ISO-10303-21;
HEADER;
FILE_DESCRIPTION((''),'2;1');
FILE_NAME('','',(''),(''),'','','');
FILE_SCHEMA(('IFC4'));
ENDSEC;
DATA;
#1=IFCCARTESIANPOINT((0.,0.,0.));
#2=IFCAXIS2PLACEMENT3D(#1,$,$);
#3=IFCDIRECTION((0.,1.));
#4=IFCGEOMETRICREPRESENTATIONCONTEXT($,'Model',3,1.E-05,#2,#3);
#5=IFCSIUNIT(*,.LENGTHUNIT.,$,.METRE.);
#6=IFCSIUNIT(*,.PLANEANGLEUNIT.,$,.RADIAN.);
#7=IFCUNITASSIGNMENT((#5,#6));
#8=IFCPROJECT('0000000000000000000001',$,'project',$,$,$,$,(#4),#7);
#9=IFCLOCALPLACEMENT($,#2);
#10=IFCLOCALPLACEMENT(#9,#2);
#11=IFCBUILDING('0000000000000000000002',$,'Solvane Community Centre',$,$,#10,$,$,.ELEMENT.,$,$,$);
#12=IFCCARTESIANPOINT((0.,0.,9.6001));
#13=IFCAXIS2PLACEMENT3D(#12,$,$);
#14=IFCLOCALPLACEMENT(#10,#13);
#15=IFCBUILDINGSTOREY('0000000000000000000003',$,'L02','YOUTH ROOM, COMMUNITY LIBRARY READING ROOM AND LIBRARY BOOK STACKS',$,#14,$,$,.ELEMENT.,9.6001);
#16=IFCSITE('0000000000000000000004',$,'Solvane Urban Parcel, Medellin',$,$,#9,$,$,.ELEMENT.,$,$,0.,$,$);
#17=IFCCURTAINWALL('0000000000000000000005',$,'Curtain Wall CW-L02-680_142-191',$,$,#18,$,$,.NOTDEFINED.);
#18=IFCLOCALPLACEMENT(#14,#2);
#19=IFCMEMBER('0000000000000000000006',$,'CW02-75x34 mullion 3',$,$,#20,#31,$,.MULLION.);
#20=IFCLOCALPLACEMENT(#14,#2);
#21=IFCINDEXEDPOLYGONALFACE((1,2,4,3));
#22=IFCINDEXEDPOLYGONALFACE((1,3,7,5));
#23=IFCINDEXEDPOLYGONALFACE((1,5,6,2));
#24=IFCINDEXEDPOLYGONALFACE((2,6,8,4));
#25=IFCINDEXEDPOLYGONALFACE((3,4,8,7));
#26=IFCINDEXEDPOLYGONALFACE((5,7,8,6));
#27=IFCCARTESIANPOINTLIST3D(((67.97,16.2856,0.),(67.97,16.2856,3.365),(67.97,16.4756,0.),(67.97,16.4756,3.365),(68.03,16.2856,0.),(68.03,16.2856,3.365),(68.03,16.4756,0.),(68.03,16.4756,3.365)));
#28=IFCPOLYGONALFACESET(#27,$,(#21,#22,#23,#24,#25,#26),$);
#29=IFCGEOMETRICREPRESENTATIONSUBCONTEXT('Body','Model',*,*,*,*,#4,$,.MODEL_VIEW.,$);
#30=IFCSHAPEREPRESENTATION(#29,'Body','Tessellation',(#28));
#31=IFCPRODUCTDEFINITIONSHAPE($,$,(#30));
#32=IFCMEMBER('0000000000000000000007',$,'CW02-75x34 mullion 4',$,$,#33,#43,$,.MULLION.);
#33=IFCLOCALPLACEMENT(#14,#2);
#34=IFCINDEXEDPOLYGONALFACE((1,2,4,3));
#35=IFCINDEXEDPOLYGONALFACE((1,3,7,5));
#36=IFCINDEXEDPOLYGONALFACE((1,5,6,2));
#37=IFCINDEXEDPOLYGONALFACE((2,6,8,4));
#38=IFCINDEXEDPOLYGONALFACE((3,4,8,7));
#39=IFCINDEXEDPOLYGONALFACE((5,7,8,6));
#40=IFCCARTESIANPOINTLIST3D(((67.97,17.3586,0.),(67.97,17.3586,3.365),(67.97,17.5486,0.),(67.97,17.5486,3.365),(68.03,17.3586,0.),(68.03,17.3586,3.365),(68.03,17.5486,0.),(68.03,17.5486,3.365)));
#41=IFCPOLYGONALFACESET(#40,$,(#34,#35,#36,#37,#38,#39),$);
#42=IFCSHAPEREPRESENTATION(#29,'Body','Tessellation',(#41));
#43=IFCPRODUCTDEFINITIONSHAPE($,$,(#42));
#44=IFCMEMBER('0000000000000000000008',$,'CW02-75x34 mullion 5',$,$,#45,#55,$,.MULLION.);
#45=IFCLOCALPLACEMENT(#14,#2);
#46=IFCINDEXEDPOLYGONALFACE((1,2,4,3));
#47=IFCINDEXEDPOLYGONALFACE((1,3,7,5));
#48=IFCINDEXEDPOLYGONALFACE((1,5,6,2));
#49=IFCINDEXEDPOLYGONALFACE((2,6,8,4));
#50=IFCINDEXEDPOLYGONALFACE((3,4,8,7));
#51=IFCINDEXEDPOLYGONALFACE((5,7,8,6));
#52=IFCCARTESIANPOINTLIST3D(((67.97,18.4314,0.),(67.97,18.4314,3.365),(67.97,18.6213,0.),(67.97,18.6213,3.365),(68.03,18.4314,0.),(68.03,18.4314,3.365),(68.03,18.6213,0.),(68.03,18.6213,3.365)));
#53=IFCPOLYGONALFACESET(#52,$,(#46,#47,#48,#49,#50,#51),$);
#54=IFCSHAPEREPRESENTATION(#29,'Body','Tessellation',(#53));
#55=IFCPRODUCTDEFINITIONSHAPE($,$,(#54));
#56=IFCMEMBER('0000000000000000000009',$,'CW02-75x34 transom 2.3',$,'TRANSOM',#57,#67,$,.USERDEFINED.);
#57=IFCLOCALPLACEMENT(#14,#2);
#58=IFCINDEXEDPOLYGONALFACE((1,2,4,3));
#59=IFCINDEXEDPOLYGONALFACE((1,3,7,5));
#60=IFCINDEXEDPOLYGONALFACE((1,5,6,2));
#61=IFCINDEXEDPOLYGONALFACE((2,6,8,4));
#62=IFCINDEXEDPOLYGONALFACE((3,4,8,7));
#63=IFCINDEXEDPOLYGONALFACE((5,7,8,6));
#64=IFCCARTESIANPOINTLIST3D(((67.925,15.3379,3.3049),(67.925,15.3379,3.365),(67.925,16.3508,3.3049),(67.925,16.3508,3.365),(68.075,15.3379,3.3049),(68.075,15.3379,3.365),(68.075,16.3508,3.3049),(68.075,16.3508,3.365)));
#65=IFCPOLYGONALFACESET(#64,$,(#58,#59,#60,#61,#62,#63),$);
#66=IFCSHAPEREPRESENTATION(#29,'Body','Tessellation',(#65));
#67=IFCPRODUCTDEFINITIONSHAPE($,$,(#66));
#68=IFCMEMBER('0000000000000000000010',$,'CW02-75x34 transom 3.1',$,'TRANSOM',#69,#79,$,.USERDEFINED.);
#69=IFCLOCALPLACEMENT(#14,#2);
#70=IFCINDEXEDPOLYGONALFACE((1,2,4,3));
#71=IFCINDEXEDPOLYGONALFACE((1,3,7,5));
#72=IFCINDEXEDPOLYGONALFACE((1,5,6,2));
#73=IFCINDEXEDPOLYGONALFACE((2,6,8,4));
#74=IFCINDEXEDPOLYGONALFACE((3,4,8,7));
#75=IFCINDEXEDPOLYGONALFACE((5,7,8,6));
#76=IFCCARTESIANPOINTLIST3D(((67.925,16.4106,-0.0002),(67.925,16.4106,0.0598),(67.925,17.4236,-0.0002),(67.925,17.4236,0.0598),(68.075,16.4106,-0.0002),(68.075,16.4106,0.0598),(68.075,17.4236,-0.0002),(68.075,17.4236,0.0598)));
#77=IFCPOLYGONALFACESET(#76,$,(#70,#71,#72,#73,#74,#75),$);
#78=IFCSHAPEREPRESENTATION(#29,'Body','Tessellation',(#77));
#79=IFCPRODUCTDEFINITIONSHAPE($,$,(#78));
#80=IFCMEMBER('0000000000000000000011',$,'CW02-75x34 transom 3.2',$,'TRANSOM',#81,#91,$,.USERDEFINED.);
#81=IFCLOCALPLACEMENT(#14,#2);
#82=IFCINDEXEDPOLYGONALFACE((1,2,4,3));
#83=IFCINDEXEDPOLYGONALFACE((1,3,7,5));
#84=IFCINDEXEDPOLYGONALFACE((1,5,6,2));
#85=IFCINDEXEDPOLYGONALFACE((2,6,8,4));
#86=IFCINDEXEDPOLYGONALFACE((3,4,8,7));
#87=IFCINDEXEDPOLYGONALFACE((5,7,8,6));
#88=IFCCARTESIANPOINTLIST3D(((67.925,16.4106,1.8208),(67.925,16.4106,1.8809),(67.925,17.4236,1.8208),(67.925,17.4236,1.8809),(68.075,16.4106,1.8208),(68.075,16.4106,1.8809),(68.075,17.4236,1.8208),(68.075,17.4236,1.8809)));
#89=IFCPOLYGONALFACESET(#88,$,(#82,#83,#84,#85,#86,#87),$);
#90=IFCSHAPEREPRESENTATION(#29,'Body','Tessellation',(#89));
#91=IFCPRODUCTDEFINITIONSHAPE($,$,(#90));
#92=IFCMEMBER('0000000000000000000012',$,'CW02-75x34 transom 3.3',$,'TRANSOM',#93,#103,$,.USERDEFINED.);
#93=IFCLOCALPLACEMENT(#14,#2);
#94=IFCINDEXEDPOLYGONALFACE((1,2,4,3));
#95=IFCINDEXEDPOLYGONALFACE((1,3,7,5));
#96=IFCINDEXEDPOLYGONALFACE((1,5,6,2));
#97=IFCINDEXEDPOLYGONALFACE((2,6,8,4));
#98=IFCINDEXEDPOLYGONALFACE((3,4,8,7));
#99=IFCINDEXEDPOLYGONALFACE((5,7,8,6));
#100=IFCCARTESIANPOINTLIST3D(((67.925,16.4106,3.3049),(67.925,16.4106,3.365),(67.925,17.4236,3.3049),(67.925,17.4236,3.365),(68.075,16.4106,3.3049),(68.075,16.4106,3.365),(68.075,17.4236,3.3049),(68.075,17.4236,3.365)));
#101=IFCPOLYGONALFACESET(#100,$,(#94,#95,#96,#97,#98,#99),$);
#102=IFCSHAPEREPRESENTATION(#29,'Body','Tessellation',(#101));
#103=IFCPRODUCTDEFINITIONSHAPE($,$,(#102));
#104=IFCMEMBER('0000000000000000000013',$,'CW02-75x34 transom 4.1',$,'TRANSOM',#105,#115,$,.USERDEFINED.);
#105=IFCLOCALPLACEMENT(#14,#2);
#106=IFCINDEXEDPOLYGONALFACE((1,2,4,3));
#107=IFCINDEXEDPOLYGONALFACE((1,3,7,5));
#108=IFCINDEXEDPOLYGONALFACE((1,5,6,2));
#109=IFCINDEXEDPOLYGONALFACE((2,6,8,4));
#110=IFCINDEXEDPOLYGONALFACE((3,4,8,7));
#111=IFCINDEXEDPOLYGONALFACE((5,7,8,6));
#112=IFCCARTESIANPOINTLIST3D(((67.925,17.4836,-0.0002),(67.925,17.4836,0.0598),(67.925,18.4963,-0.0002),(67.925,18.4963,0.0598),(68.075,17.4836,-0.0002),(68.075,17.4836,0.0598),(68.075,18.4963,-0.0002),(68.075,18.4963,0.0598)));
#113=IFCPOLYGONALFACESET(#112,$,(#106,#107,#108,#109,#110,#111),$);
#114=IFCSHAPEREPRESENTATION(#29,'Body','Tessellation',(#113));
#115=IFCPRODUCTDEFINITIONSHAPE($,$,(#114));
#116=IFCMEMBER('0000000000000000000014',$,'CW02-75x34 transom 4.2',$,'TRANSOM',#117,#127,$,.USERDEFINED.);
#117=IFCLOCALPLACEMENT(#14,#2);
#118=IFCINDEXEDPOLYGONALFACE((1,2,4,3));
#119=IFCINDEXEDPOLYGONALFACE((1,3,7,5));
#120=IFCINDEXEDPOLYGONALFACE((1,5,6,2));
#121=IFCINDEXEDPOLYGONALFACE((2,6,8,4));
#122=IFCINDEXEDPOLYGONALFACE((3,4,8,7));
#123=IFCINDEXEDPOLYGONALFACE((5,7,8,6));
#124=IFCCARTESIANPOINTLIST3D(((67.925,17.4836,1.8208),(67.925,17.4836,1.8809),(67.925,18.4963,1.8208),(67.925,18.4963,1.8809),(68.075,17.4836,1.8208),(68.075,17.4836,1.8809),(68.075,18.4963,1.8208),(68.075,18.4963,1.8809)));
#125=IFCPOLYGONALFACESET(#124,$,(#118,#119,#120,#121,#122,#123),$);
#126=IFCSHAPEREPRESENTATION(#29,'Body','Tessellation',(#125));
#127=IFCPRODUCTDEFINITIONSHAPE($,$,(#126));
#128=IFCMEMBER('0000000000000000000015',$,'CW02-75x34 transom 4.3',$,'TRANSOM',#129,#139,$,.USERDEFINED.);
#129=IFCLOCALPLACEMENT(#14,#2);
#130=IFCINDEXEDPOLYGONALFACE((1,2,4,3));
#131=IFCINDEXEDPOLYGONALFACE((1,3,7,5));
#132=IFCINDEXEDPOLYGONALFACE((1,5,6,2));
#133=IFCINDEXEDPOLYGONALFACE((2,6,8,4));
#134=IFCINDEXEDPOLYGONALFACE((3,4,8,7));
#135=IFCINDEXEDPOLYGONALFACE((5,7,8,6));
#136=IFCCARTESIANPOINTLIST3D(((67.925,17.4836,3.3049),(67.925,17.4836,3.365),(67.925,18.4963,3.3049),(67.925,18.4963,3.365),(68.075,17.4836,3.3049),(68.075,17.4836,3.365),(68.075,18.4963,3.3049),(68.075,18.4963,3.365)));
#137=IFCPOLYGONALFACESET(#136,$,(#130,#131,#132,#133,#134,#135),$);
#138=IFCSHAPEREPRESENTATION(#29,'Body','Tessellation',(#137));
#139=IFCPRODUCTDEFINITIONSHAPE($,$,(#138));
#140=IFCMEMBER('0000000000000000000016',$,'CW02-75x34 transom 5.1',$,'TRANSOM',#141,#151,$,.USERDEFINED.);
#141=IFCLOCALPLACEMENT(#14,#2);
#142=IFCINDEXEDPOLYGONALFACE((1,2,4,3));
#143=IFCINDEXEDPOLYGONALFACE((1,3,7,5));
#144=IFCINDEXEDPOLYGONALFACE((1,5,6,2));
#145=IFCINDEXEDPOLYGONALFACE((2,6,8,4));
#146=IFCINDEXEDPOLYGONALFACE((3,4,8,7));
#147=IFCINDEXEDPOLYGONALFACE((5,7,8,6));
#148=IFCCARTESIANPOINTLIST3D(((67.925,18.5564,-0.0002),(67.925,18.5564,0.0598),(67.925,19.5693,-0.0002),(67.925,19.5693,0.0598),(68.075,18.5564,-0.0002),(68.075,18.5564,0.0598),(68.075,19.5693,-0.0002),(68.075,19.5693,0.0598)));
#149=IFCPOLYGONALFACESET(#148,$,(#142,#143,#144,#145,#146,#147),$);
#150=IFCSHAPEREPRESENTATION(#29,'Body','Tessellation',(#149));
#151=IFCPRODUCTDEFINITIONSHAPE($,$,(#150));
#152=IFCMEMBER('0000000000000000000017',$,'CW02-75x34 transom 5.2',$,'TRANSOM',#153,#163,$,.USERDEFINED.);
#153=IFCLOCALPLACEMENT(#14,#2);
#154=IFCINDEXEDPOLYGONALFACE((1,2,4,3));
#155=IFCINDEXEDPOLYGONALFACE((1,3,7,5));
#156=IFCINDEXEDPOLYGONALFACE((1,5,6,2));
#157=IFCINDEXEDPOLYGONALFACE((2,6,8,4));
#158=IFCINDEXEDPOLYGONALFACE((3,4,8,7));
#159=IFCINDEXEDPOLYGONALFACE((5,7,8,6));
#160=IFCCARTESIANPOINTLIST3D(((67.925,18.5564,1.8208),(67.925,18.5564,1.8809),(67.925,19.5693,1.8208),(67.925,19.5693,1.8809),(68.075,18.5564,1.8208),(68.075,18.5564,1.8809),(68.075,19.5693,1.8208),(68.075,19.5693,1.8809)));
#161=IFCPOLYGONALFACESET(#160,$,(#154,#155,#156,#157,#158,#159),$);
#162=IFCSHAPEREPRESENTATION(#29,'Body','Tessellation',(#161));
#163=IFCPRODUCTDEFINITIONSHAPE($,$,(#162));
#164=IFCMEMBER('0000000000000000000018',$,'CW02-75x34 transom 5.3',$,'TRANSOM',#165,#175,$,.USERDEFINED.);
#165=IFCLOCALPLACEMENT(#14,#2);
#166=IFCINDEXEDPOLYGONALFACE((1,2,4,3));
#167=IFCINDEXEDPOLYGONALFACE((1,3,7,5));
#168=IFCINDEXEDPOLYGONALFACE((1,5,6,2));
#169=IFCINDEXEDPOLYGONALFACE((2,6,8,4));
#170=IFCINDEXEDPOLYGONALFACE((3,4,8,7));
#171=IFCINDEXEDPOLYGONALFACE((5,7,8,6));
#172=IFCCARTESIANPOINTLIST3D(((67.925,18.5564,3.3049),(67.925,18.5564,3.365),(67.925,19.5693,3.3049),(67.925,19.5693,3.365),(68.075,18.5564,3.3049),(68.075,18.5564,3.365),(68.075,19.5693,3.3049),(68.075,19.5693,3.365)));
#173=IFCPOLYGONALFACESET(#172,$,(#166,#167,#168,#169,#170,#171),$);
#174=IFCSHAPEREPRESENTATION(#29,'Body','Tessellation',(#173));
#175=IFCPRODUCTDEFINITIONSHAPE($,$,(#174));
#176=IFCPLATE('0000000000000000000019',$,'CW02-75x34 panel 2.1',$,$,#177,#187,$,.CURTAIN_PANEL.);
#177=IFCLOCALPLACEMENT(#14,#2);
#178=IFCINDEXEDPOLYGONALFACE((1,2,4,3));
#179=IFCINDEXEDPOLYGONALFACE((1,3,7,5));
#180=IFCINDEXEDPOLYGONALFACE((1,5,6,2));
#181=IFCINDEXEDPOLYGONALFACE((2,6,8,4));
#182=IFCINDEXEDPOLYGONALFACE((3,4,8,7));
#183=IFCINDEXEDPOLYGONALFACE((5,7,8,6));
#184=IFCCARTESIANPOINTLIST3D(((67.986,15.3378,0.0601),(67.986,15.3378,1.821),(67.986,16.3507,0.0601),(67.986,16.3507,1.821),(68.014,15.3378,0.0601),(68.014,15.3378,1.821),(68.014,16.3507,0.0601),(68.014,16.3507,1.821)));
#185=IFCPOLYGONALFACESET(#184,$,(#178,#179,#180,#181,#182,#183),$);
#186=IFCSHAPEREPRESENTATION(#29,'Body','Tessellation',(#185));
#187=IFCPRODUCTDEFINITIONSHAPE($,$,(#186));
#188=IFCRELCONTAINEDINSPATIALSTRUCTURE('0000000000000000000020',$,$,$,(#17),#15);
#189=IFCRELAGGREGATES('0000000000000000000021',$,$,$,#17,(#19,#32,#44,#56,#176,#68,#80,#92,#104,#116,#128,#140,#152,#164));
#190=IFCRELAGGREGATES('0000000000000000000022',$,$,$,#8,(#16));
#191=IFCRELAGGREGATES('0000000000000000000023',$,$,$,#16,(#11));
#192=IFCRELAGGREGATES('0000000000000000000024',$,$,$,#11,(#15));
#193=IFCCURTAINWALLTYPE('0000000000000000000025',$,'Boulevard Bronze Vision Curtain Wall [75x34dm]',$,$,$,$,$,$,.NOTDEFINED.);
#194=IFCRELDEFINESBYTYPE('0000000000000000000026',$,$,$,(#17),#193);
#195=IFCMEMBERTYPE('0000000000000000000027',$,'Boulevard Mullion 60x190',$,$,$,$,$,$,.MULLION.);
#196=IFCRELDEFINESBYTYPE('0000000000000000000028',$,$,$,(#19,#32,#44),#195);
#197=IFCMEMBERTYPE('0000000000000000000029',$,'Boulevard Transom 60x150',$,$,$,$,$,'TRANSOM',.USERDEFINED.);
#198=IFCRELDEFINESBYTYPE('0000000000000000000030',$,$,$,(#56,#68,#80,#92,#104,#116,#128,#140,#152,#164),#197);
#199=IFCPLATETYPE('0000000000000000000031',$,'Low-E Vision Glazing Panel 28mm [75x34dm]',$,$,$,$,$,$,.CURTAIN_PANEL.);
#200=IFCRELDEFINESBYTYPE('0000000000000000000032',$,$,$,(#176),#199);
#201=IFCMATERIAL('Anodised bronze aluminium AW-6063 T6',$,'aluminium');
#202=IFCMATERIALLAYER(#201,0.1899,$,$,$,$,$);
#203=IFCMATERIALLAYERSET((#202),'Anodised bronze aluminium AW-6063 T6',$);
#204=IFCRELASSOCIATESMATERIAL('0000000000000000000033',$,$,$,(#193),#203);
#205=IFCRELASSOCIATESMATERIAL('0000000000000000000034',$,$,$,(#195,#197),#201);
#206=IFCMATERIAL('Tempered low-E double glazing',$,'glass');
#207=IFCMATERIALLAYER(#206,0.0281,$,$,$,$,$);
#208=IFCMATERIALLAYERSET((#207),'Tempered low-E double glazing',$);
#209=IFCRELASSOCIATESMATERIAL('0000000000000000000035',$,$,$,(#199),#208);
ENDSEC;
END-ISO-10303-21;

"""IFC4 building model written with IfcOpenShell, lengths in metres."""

from ifc_helpers import new_model, si_unit, direction, frame, origin, origin_2d, place, context, subcontext, project, spatial, rectangle, extrude, material, layer, layer_set, material_profile, profile_set, type_object, element, aggregate, save


model = new_model("IFC4")

# Units and contexts
model_context = context("Model", 3, precision=1e-05, world=origin(), true_north=direction((0.0, 1.0)))
body_context = subcontext(model_context, "Body", "Model", "MODEL_VIEW")
ifc_project = project(units=[si_unit("LENGTHUNIT", "METRE"), si_unit("PLANEANGLEUNIT", "RADIAN")], contexts=[model_context])

# Site, building, storey
site_placement = place(None, origin())
site = spatial("IfcSite", under=ifc_project, at=site_placement, Name="Solvane Urban Parcel, Medellin", CompositionType="ELEMENT", RefElevation=0.0)
building_placement = place(site_placement, origin())
building = spatial("IfcBuilding", under=site, at=building_placement, Name="Solvane Community Centre", CompositionType="ELEMENT")
storey_placement = place(building_placement, frame((0.0, 0.0, 9.6001)))
storey = spatial("IfcBuildingStorey", under=building, at=storey_placement, Name="L02", Description="YOUTH ROOM, COMMUNITY LIBRARY READING ROOM AND LIBRARY BOOK STACKS", CompositionType="ELEMENT", Elevation=9.6001)

# Curtain wall, members, plate
ifc_material_1 = material(Name="Anodised bronze aluminium AW-6063 T6", Category="aluminium")
ifc_layer_1 = layer(ifc_material_1, 0.1899)
ifc_layer_set_1 = layer_set([ifc_layer_1], Name="Anodised bronze aluminium AW-6063 T6")
curtain_wall_type = type_object("IfcCurtainWallType", Name="Boulevard Bronze Vision Curtain Wall [75x34dm]", PredefinedType="NOTDEFINED", material=ifc_layer_set_1)
curtain_wall_placement = place(storey_placement, origin())
curtain_wall = element("IfcCurtainWall", 1, at=curtain_wall_placement, inside=storey, type_object=curtain_wall_type, Name="Curtain Wall CW-L02-680_142-191", PredefinedType="NOTDEFINED")
ifc_material_profile_1 = material_profile(ifc_material_1, rectangle(XDim=0.0601, YDim=0.1899, at=origin_2d()), Name="CW-M 60x190")
ifc_profile_set_1 = profile_set([ifc_material_profile_1], Name="Anodised bronze aluminium AW-6063 T6")
member_type_1 = type_object("IfcMemberType", Name="Boulevard Mullion 60x190", PredefinedType="MULLION", material=ifc_profile_set_1)
member_1_placement = place(storey_placement, frame((68.0, 16.3806, 0.0), z_axis=(0.0, 0.0, 1.0), x_axis=(-1.0, 0.0, 0.0)))
member_1 = element("IfcMember", 2, at=member_1_placement, type_object=member_type_1, Name="CW02-75x34 mullion 3", PredefinedType="MULLION", context=body_context, shape_type="SweptSolid", body=[
    extrude(rectangle(XDim=0.0601, YDim=0.1899, at=origin_2d()), origin(), (0.0, 0.0, 1.0), 3.365),
])
member_2_placement = place(storey_placement, frame((68.0, 17.4536, 0.0), z_axis=(0.0, 0.0, 1.0), x_axis=(-1.0, 0.0, 0.0)))
member_2 = element("IfcMember", 3, at=member_2_placement, type_object=member_type_1, Name="CW02-75x34 mullion 4", PredefinedType="MULLION", context=body_context, shape_type="SweptSolid", body=[
    extrude(rectangle(XDim=0.0601, YDim=0.1899, at=origin_2d()), origin(), (0.0, 0.0, 1.0), 3.365),
])
member_3_placement = place(storey_placement, frame((68.0, 18.5264, 0.0), z_axis=(0.0, 0.0, 1.0), x_axis=(-1.0, 0.0, 0.0)))
member_3 = element("IfcMember", 4, at=member_3_placement, type_object=member_type_1, Name="CW02-75x34 mullion 5", PredefinedType="MULLION", context=body_context, shape_type="SweptSolid", body=[
    extrude(rectangle(XDim=0.0601, YDim=0.1899, at=origin_2d()), origin(), (0.0, 0.0, 1.0), 3.365),
])
ifc_material_profile_2 = material_profile(ifc_material_1, rectangle(XDim=0.1499, YDim=0.0601, at=origin_2d()), Name="CW-T 60x150")
ifc_profile_set_2 = profile_set([ifc_material_profile_2], Name="Anodised bronze aluminium AW-6063 T6")
member_type_2 = type_object("IfcMemberType", Name="Boulevard Transom 60x150", ElementType="TRANSOM", PredefinedType="USERDEFINED", material=ifc_profile_set_2)
member_4_placement = place(storey_placement, frame((68.0, 15.3379, 3.335), z_axis=(0.0, 1.0, 0.0), x_axis=(-1.0, 0.0, 0.0)))
member_4 = element("IfcMember", 5, at=member_4_placement, type_object=member_type_2, Name="CW02-75x34 transom 2.3", ObjectType="TRANSOM", PredefinedType="USERDEFINED", context=body_context, shape_type="SweptSolid", body=[
    extrude(rectangle(XDim=0.1499, YDim=0.0601, at=origin_2d()), origin(), (0.0, 0.0, 1.0), 1.0129),
])
member_5_placement = place(storey_placement, frame((68.0, 16.4106, 0.0298), z_axis=(0.0, 1.0, 0.0), x_axis=(-1.0, 0.0, 0.0)))
member_5 = element("IfcMember", 6, at=member_5_placement, type_object=member_type_2, Name="CW02-75x34 transom 3.1", ObjectType="TRANSOM", PredefinedType="USERDEFINED", context=body_context, shape_type="SweptSolid", body=[
    extrude(rectangle(XDim=0.1499, YDim=0.0601, at=origin_2d()), origin(), (0.0, 0.0, 1.0), 1.0129),
])
member_6_placement = place(storey_placement, frame((68.0, 16.4106, 1.8508), z_axis=(0.0, 1.0, 0.0), x_axis=(-1.0, 0.0, 0.0)))
member_6 = element("IfcMember", 7, at=member_6_placement, type_object=member_type_2, Name="CW02-75x34 transom 3.2", ObjectType="TRANSOM", PredefinedType="USERDEFINED", context=body_context, shape_type="SweptSolid", body=[
    extrude(rectangle(XDim=0.1499, YDim=0.0601, at=origin_2d()), origin(), (0.0, 0.0, 1.0), 1.0129),
])
member_7_placement = place(storey_placement, frame((68.0, 16.4106, 3.335), z_axis=(0.0, 1.0, 0.0), x_axis=(-1.0, 0.0, 0.0)))
member_7 = element("IfcMember", 8, at=member_7_placement, type_object=member_type_2, Name="CW02-75x34 transom 3.3", ObjectType="TRANSOM", PredefinedType="USERDEFINED", context=body_context, shape_type="SweptSolid", body=[
    extrude(rectangle(XDim=0.1499, YDim=0.0601, at=origin_2d()), origin(), (0.0, 0.0, 1.0), 1.0129),
])
member_8_placement = place(storey_placement, frame((68.0, 17.4836, 0.0298), z_axis=(0.0, 1.0, 0.0), x_axis=(-1.0, 0.0, 0.0)))
member_8 = element("IfcMember", 9, at=member_8_placement, type_object=member_type_2, Name="CW02-75x34 transom 4.1", ObjectType="TRANSOM", PredefinedType="USERDEFINED", context=body_context, shape_type="SweptSolid", body=[
    extrude(rectangle(XDim=0.1499, YDim=0.0601, at=origin_2d()), origin(), (0.0, 0.0, 1.0), 1.0127),
])
member_9_placement = place(storey_placement, frame((68.0, 17.4836, 1.8508), z_axis=(0.0, 1.0, 0.0), x_axis=(-1.0, 0.0, 0.0)))
member_9 = element("IfcMember", 10, at=member_9_placement, type_object=member_type_2, Name="CW02-75x34 transom 4.2", ObjectType="TRANSOM", PredefinedType="USERDEFINED", context=body_context, shape_type="SweptSolid", body=[
    extrude(rectangle(XDim=0.1499, YDim=0.0601, at=origin_2d()), origin(), (0.0, 0.0, 1.0), 1.0127),
])
member_10_placement = place(storey_placement, frame((68.0, 17.4836, 3.335), z_axis=(0.0, 1.0, 0.0), x_axis=(-1.0, 0.0, 0.0)))
member_10 = element("IfcMember", 11, at=member_10_placement, type_object=member_type_2, Name="CW02-75x34 transom 4.3", ObjectType="TRANSOM", PredefinedType="USERDEFINED", context=body_context, shape_type="SweptSolid", body=[
    extrude(rectangle(XDim=0.1499, YDim=0.0601, at=origin_2d()), origin(), (0.0, 0.0, 1.0), 1.0127),
])
member_11_placement = place(storey_placement, frame((68.0, 18.5564, 0.0298), z_axis=(0.0, 1.0, 0.0), x_axis=(-1.0, 0.0, 0.0)))
member_11 = element("IfcMember", 12, at=member_11_placement, type_object=member_type_2, Name="CW02-75x34 transom 5.1", ObjectType="TRANSOM", PredefinedType="USERDEFINED", context=body_context, shape_type="SweptSolid", body=[
    extrude(rectangle(XDim=0.1499, YDim=0.0601, at=origin_2d()), origin(), (0.0, 0.0, 1.0), 1.0129),
])
member_12_placement = place(storey_placement, frame((68.0, 18.5564, 1.8508), z_axis=(0.0, 1.0, 0.0), x_axis=(-1.0, 0.0, 0.0)))
member_12 = element("IfcMember", 13, at=member_12_placement, type_object=member_type_2, Name="CW02-75x34 transom 5.2", ObjectType="TRANSOM", PredefinedType="USERDEFINED", context=body_context, shape_type="SweptSolid", body=[
    extrude(rectangle(XDim=0.1499, YDim=0.0601, at=origin_2d()), origin(), (0.0, 0.0, 1.0), 1.0129),
])
member_13_placement = place(storey_placement, frame((68.0, 18.5564, 3.335), z_axis=(0.0, 1.0, 0.0), x_axis=(-1.0, 0.0, 0.0)))
member_13 = element("IfcMember", 14, at=member_13_placement, type_object=member_type_2, Name="CW02-75x34 transom 5.3", ObjectType="TRANSOM", PredefinedType="USERDEFINED", context=body_context, shape_type="SweptSolid", body=[
    extrude(rectangle(XDim=0.1499, YDim=0.0601, at=origin_2d()), origin(), (0.0, 0.0, 1.0), 1.0129),
])
ifc_material_2 = material(Name="Tempered low-E double glazing", Category="glass")
ifc_layer_2 = layer(ifc_material_2, 0.0281)
ifc_layer_set_2 = layer_set([ifc_layer_2], Name="Tempered low-E double glazing")
plate_type = type_object("IfcPlateType", Name="Low-E Vision Glazing Panel 28mm [75x34dm]", PredefinedType="CURTAIN_PANEL", material=ifc_layer_set_2)
plate_1_placement = place(storey_placement, frame((68.0, 15.8442, 0.0601), z_axis=(0.0, 0.0, 1.0), x_axis=(0.0, 1.0, 0.0)))
plate_1 = element("IfcPlate", 15, at=plate_1_placement, type_object=plate_type, Name="CW02-75x34 panel 2.1", PredefinedType="CURTAIN_PANEL", context=body_context, shape_type="SweptSolid", body=[
    extrude(rectangle(XDim=1.0129, YDim=0.0281, at=origin_2d()), origin(), (0.0, 0.0, 1.0), 1.761),
])
aggregate(curtain_wall, [member_1, member_2, member_3, member_4, plate_1, member_5, member_6, member_7, member_8, member_9, member_10, member_11, member_12, member_13])

save(model, "model.ifc")
